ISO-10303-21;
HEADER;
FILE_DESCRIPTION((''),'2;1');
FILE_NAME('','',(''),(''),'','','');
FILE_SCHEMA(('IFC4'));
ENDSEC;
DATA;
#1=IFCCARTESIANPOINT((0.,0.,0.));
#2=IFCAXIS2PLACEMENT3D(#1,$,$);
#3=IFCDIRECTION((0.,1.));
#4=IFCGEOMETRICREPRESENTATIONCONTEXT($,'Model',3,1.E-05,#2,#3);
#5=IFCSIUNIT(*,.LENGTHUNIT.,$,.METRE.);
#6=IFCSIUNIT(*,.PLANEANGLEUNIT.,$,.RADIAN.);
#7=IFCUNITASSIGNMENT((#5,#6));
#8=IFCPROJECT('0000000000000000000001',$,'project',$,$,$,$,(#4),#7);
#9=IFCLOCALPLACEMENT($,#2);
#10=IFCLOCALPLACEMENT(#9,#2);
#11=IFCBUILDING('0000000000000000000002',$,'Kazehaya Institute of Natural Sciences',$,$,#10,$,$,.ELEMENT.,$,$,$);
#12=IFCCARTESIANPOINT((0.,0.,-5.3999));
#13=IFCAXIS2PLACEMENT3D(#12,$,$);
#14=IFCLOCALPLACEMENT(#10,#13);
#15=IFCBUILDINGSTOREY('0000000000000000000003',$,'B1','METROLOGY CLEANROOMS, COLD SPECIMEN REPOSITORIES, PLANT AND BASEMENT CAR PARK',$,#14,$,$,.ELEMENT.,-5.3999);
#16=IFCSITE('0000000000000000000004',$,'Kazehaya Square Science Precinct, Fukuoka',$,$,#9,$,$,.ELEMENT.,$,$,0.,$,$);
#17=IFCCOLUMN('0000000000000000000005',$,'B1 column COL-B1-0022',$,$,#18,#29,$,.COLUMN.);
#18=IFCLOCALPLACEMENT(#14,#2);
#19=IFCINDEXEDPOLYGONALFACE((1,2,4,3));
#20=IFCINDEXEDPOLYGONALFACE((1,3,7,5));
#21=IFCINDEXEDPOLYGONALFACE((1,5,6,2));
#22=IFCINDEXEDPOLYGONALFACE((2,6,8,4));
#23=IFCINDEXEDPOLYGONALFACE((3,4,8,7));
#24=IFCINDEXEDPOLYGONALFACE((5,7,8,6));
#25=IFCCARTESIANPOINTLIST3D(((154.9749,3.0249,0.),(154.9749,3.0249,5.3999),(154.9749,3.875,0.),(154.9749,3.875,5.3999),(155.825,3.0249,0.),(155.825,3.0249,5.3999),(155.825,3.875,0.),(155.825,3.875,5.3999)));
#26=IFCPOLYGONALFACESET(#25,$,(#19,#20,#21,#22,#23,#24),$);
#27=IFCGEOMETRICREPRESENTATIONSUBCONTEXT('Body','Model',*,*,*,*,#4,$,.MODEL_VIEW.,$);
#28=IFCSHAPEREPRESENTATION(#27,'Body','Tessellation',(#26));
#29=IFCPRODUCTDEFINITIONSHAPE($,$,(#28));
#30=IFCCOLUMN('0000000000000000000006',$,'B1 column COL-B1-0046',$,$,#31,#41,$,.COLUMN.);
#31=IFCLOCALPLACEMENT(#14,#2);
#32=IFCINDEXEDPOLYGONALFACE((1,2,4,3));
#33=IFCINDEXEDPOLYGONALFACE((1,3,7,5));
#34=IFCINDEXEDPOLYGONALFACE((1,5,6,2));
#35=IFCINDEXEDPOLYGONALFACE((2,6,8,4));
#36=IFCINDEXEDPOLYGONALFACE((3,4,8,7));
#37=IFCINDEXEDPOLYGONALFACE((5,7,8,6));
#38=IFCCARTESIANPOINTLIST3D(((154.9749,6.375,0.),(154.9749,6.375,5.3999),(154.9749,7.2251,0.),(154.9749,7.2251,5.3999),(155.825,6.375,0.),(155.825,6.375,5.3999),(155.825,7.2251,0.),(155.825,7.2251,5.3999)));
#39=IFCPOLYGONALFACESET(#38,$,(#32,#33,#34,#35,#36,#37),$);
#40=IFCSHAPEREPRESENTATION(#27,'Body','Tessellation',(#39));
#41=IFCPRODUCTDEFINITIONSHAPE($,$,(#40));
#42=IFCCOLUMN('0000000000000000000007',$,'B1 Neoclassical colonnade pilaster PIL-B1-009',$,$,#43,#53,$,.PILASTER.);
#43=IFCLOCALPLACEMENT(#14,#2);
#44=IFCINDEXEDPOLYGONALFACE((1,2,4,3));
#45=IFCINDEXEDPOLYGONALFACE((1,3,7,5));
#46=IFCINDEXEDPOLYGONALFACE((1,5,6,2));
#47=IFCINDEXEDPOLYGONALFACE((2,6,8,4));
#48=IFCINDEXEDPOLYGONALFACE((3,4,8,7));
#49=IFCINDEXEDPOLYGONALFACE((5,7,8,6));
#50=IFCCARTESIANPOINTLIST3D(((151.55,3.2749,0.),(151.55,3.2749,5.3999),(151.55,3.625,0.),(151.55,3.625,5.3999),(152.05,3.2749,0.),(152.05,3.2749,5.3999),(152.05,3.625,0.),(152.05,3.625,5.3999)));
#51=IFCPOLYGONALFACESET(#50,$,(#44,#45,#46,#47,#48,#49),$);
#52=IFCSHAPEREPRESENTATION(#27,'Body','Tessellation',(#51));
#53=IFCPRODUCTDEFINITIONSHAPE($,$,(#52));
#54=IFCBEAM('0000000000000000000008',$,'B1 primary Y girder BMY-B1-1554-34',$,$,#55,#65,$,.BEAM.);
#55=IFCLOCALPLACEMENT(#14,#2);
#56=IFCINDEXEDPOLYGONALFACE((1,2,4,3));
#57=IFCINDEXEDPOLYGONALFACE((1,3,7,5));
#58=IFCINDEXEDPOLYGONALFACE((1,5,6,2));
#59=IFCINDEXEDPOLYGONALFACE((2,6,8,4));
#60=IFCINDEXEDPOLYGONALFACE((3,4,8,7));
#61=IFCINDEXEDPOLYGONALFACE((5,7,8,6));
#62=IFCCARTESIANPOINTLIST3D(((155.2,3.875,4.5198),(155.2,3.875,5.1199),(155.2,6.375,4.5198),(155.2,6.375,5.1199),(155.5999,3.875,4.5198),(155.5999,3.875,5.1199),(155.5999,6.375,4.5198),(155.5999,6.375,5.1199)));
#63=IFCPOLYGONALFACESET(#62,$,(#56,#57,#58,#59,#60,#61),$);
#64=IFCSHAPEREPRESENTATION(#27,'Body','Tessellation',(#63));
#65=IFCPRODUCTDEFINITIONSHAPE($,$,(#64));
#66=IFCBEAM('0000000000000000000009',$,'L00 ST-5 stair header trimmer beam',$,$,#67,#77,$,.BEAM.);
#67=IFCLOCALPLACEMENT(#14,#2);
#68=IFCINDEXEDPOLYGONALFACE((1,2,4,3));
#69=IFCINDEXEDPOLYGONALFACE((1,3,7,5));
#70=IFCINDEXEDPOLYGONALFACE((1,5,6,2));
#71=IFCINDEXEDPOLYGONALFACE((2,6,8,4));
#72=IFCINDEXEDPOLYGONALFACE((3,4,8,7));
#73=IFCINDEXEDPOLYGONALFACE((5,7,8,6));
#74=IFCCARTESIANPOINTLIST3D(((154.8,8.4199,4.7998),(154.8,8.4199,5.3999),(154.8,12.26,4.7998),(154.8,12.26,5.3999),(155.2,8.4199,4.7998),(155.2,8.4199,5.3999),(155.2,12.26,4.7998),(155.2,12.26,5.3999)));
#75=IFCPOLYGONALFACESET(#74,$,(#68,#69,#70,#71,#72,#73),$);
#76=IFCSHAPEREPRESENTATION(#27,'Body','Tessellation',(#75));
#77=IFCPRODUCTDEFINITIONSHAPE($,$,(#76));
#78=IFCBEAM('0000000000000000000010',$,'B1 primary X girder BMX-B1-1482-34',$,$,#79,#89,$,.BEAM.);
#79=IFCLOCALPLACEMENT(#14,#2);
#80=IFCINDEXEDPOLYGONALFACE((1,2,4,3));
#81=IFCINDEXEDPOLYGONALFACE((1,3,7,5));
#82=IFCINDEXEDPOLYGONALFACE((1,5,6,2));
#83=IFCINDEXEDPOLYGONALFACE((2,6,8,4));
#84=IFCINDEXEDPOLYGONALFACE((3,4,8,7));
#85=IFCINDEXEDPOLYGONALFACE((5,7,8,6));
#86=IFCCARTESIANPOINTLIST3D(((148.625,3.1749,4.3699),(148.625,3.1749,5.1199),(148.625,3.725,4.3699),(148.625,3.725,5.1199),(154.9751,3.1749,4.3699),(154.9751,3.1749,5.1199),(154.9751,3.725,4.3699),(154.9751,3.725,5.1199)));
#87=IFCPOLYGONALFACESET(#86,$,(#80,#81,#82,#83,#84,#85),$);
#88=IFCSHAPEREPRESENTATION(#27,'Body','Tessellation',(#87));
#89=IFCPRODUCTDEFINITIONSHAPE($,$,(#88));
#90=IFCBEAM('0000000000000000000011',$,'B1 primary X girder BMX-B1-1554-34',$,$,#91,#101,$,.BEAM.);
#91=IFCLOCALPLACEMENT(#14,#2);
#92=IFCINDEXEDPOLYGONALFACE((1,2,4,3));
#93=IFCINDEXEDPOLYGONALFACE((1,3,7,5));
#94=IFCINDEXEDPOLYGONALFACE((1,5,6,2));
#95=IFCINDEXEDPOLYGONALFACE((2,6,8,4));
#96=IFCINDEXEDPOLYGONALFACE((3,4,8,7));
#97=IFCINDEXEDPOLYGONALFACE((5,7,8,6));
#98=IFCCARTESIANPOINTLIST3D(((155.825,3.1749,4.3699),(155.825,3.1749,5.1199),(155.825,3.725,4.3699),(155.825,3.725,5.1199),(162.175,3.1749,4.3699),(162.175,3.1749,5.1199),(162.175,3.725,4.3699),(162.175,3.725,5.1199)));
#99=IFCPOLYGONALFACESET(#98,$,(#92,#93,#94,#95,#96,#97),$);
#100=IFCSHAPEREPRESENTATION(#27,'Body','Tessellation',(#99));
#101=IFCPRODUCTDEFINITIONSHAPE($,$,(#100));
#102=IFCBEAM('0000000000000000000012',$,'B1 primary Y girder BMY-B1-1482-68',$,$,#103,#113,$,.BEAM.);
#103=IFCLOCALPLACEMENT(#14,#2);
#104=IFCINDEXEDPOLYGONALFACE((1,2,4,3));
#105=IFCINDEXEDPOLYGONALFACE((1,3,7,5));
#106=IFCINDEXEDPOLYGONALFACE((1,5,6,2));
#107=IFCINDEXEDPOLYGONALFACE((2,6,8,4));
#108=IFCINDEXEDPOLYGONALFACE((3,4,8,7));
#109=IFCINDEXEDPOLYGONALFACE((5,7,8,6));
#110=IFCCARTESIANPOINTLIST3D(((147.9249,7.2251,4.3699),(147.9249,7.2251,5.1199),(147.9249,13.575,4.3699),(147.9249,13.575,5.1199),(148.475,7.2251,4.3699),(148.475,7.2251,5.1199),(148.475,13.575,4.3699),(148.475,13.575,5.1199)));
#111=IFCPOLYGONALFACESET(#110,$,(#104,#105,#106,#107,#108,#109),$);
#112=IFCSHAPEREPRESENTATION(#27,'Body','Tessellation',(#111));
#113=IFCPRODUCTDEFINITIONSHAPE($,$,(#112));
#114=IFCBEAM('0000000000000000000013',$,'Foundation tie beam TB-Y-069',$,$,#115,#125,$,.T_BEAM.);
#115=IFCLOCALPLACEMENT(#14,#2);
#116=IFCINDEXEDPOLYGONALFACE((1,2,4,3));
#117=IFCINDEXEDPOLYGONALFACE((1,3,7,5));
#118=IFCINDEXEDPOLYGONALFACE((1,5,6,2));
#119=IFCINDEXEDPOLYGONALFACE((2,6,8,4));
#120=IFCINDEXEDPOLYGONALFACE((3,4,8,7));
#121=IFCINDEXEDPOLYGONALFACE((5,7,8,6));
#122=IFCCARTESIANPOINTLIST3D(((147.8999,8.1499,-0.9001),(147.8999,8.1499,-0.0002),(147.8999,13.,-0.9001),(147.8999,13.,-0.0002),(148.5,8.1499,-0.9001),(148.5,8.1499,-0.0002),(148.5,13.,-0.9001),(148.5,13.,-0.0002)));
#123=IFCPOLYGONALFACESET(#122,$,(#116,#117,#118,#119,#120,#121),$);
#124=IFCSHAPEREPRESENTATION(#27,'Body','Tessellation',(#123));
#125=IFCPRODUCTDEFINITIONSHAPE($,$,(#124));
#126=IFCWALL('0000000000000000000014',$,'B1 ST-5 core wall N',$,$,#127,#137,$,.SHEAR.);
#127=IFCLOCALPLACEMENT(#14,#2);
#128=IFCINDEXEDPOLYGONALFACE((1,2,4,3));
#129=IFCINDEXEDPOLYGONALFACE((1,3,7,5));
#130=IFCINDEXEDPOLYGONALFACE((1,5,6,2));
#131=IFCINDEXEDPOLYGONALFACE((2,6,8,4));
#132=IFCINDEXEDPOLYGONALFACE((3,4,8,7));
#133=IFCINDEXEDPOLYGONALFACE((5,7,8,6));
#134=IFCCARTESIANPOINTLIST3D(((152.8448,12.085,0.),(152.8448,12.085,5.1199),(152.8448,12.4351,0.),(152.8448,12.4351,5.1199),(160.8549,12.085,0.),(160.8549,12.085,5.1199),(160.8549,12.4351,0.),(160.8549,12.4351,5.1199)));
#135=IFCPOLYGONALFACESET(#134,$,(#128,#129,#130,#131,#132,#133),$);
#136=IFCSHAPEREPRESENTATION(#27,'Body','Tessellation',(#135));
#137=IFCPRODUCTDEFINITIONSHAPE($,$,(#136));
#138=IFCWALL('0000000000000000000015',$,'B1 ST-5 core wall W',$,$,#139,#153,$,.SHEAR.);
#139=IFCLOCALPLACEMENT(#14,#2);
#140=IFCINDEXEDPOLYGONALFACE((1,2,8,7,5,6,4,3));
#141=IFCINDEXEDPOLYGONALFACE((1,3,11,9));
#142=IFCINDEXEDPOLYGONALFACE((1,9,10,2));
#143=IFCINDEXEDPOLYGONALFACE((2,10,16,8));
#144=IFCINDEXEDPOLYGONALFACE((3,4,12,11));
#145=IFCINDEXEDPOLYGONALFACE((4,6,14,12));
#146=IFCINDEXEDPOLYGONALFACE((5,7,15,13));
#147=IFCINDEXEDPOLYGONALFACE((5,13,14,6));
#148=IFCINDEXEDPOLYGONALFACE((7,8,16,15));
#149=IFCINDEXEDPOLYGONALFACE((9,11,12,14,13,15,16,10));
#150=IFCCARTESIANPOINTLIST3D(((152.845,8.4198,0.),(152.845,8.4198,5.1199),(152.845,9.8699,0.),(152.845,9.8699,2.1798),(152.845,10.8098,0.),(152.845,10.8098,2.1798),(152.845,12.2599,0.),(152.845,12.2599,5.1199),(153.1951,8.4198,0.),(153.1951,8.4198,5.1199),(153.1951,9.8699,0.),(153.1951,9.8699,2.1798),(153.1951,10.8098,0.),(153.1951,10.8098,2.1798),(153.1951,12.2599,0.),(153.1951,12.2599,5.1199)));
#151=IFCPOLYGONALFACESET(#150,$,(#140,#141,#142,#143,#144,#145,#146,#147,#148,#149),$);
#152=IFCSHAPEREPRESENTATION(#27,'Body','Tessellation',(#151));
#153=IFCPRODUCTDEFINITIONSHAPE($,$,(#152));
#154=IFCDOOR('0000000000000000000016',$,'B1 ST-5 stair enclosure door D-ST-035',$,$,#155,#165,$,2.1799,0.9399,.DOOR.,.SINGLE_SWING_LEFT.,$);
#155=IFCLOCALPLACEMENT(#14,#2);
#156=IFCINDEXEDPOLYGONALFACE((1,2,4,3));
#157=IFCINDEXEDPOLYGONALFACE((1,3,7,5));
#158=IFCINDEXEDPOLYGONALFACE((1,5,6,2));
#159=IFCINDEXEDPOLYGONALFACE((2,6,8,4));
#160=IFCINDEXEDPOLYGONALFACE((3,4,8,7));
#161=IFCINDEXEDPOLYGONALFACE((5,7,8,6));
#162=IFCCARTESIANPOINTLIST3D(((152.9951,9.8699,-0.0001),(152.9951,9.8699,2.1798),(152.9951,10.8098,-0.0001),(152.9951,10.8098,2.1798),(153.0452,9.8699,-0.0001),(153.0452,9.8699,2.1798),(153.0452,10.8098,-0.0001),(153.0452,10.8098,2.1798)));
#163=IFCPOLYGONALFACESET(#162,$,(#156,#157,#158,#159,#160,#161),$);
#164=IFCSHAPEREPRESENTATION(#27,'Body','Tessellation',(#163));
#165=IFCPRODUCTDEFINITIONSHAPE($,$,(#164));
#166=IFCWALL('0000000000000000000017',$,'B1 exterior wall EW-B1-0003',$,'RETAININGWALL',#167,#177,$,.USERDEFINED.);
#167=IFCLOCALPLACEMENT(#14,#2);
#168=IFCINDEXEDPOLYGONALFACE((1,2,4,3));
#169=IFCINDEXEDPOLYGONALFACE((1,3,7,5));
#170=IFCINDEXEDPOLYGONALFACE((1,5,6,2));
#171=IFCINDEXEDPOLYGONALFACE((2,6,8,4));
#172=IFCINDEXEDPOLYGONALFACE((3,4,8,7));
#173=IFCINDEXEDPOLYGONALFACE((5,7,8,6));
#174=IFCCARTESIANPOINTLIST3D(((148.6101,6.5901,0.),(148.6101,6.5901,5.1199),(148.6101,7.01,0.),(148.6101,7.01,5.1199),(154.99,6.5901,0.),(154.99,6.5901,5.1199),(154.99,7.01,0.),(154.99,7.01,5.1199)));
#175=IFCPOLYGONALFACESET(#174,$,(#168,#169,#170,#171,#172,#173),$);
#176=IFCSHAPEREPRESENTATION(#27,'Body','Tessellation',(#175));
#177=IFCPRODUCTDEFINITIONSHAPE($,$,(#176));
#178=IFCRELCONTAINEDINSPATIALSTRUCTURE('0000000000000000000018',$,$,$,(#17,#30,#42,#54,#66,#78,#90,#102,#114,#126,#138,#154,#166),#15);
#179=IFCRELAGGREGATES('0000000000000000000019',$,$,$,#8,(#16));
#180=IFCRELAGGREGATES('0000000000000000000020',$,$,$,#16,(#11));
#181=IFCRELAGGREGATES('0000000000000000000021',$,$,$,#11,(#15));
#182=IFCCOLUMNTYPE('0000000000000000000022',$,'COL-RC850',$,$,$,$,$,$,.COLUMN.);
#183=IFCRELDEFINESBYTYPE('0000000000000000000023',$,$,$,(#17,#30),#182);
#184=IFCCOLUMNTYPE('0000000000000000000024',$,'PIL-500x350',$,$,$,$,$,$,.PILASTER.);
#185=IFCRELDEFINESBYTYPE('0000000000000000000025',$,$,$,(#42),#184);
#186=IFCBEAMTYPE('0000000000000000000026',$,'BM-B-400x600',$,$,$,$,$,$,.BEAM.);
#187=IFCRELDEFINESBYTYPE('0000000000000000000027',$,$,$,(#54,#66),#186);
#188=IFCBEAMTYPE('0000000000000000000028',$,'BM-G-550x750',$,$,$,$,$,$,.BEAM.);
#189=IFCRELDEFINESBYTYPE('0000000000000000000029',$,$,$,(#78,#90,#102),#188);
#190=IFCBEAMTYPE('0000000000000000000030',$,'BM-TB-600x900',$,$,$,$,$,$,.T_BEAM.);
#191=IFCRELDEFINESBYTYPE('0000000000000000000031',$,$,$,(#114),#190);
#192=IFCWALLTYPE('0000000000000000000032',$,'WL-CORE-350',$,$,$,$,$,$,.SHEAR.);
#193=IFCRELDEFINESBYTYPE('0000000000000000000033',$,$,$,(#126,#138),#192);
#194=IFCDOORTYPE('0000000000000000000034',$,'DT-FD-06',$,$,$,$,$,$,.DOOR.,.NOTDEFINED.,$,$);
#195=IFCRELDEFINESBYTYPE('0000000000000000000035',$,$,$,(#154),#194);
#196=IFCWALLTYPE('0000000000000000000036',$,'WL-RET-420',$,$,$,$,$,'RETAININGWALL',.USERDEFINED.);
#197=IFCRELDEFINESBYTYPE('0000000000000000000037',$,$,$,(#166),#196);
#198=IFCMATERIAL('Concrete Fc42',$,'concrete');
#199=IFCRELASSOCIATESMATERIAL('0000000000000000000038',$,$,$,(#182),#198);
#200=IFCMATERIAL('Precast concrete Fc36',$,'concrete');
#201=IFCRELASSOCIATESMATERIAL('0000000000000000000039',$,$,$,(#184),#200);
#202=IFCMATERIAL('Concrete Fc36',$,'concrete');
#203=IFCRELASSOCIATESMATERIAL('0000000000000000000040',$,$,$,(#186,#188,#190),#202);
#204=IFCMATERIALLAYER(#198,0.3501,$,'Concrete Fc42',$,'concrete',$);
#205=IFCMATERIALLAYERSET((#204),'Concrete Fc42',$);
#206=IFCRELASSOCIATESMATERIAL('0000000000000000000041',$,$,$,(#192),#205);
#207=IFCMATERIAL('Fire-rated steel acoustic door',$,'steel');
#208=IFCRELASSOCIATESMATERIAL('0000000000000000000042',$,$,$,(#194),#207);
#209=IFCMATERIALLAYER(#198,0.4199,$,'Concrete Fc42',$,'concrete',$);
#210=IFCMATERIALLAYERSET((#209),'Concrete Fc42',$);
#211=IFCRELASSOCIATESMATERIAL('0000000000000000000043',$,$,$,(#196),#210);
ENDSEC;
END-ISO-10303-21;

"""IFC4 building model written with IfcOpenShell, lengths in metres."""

from ifc_helpers import new_model, si_unit, direction, frame, frame_2d, origin, origin_2d, place, context, subcontext, project, spatial, rectangle, extrude, material, layer, layer_set, material_profile, profile_set, type_object, element, fill, save


model = new_model("IFC4")

# Units and contexts
model_context = context("Model", 3, precision=1e-05, world=origin(), true_north=direction((0.0, 1.0)))
body_context = subcontext(model_context, "Body", "Model", "MODEL_VIEW")
ifc_project = project(units=[si_unit("LENGTHUNIT", "METRE"), si_unit("PLANEANGLEUNIT", "RADIAN")], contexts=[model_context])

# Site, building, storey
site_placement = place(None, origin())
site = spatial("IfcSite", under=ifc_project, at=site_placement, Name="Kazehaya Square Science Precinct, Fukuoka", CompositionType="ELEMENT", RefElevation=0.0)
building_placement = place(site_placement, origin())
building = spatial("IfcBuilding", under=site, at=building_placement, Name="Kazehaya Institute of Natural Sciences", CompositionType="ELEMENT")
storey_placement = place(building_placement, frame((0.0, 0.0, -5.3999)))
storey = spatial("IfcBuildingStorey", under=building, at=storey_placement, Name="B1", Description="METROLOGY CLEANROOMS, COLD SPECIMEN REPOSITORIES, PLANT AND BASEMENT CAR PARK", CompositionType="ELEMENT", Elevation=-5.3999)

# Shared definitions
ifc_material_1 = material(Name="Concrete Fc36", Category="concrete")

# Columns
ifc_material_2 = material(Name="Concrete Fc42", Category="concrete")
ifc_material_profile_1 = material_profile(ifc_material_2, rectangle(XDim=0.8501, YDim=0.8501, at=origin_2d()), Name="RC-850x850")
ifc_profile_set_1 = profile_set([ifc_material_profile_1], Name="Concrete Fc42")
column_type_1 = type_object("IfcColumnType", Name="COL-RC850", PredefinedType="COLUMN", material=ifc_profile_set_1)
for number, where, z_axis, x_axis, name in (
    (1, (155.3999, 3.45, 0.0), (0.0, 0.0, 1.0), (1.0, 0.0, 0.0), "B1 column COL-B1-0022"),
    (2, (155.3999, 6.8, 0.0), (0.0, 0.0, 1.0), (1.0, 0.0, 0.0), "B1 column COL-B1-0046"),
):
    element("IfcColumn", number, at=place(storey_placement, frame(where, z_axis=z_axis, x_axis=x_axis)), inside=storey, type_object=column_type_1, Name=name, PredefinedType="COLUMN", context=body_context, shape_type="SweptSolid", body=[
        extrude(rectangle(XDim=0.8501, YDim=0.8501, at=origin_2d()), origin(), (0.0, 0.0, 1.0), 5.3999),
    ])
ifc_material_3 = material(Name="Precast concrete Fc36", Category="concrete")
ifc_material_profile_2 = material_profile(ifc_material_3, rectangle(XDim=0.5, YDim=0.3501, at=origin_2d()), Name="RC-PIL-500x350")
ifc_profile_set_2 = profile_set([ifc_material_profile_2], Name="Precast concrete Fc36")
column_type_2 = type_object("IfcColumnType", Name="PIL-500x350", PredefinedType="PILASTER", material=ifc_profile_set_2)
column_placement = place(storey_placement, frame((151.8, 3.45, 0.0), z_axis=(0.0, 0.0, 1.0), x_axis=(1.0, 0.0, 0.0)))
element("IfcColumn", 3, at=column_placement, inside=storey, type_object=column_type_2, Name="B1 Neoclassical colonnade pilaster PIL-B1-009", PredefinedType="PILASTER", context=body_context, shape_type="SweptSolid", body=[
    extrude(rectangle(XDim=0.5, YDim=0.3501, at=origin_2d()), origin(), (0.0, 0.0, 1.0), 5.3999),
])

# Beams
ifc_material_profile_3 = material_profile(ifc_material_1, rectangle(XDim=0.3999, YDim=0.6001, at=origin_2d()), Name="RC-400x600")
ifc_profile_set_3 = profile_set([ifc_material_profile_3], Name="Concrete Fc36")
beam_type_1 = type_object("IfcBeamType", Name="BM-B-400x600", PredefinedType="BEAM", material=ifc_profile_set_3)
beam_1_placement = place(storey_placement, frame((155.3999, 3.875, 4.8198), z_axis=(0.0, 1.0, 0.0), x_axis=(-1.0, 0.0, 0.0)))
element("IfcBeam", 4, at=beam_1_placement, inside=storey, type_object=beam_type_1, Name="B1 primary Y girder BMY-B1-1554-34", PredefinedType="BEAM", context=body_context, shape_type="SweptSolid", body=[
    extrude(rectangle(XDim=0.3999, YDim=0.6001, at=origin_2d()), origin(), (0.0, 0.0, 1.0), 2.5),
])
beam_2_placement = place(storey_placement, frame((155.0, 8.4199, 5.0999), z_axis=(0.0, 1.0, 0.0), x_axis=(-1.0, 0.0, 0.0)))
element("IfcBeam", 5, at=beam_2_placement, inside=storey, type_object=beam_type_1, Name="L00 ST-5 stair header trimmer beam", PredefinedType="BEAM", context=body_context, shape_type="SweptSolid", body=[
    extrude(rectangle(XDim=0.3999, YDim=0.6001, at=origin_2d()), origin(), (0.0, 0.0, 1.0), 3.8401),
])
ifc_material_profile_4 = material_profile(ifc_material_1, rectangle(XDim=0.55, YDim=0.75, at=origin_2d()), Name="RC-550x750")
ifc_profile_set_4 = profile_set([ifc_material_profile_4], Name="Concrete Fc36")
beam_type_2 = type_object("IfcBeamType", Name="BM-G-550x750", PredefinedType="BEAM", material=ifc_profile_set_4)
for number, where, z_axis, x_axis, name in (
    (6, (148.625, 3.45, 4.7449), (1.0, 0.0, 0.0), (0.0, 1.0, 0.0), "B1 primary X girder BMX-B1-1482-34"),
    (7, (155.825, 3.45, 4.7449), (1.0, 0.0, 0.0), (0.0, 1.0, 0.0), "B1 primary X girder BMX-B1-1554-34"),
):
    element("IfcBeam", number, at=place(storey_placement, frame(where, z_axis=z_axis, x_axis=x_axis)), inside=storey, type_object=beam_type_2, Name=name, PredefinedType="BEAM", context=body_context, shape_type="SweptSolid", body=[
        extrude(rectangle(XDim=0.55, YDim=0.75, at=origin_2d()), origin(), (0.0, 0.0, 1.0), 6.3501),
    ])
beam_3_placement = place(storey_placement, frame((148.2, 7.2251, 4.7449), z_axis=(0.0, 1.0, 0.0), x_axis=(-1.0, 0.0, 0.0)))
element("IfcBeam", 8, at=beam_3_placement, inside=storey, type_object=beam_type_2, Name="B1 primary Y girder BMY-B1-1482-68", PredefinedType="BEAM", context=body_context, shape_type="SweptSolid", body=[
    extrude(rectangle(XDim=0.55, YDim=0.75, at=origin_2d()), origin(), (0.0, 0.0, 1.0), 6.3499),
])
ifc_material_profile_5 = material_profile(ifc_material_1, rectangle(XDim=0.6001, YDim=0.8999, at=origin_2d()), Name="RC-600x900")
ifc_profile_set_5 = profile_set([ifc_material_profile_5], Name="Concrete Fc36")
beam_type_3 = type_object("IfcBeamType", Name="BM-TB-600x900", PredefinedType="T_BEAM", material=ifc_profile_set_5)
beam_4_placement = place(storey_placement, frame((148.2, 8.1499, -0.4502), z_axis=(0.0, 1.0, 0.0), x_axis=(-1.0, 0.0, 0.0)))
element("IfcBeam", 9, at=beam_4_placement, inside=storey, type_object=beam_type_3, Name="Foundation tie beam TB-Y-069", PredefinedType="T_BEAM", context=body_context, shape_type="SweptSolid", body=[
    extrude(rectangle(XDim=0.6001, YDim=0.8999, at=origin_2d()), origin(), (0.0, 0.0, 1.0), 4.8501),
])

# Wall
ifc_layer_1 = layer(ifc_material_2, 0.3501, Name="Concrete Fc42", Category="concrete")
ifc_layer_set_1 = layer_set([ifc_layer_1], Name="Concrete Fc42")
wall_type_1 = type_object("IfcWallType", Name="WL-CORE-350", PredefinedType="SHEAR", material=ifc_layer_set_1)
wall_1_placement = place(storey_placement, frame((152.845, 12.26, 0.0), z_axis=(0.0, 0.0, 1.0), x_axis=(1.0, 0.0, 0.0)))
element("IfcWall", 10, at=wall_1_placement, inside=storey, type_object=wall_type_1, Name="B1 ST-5 core wall N", PredefinedType="SHEAR", context=body_context, shape_type="SweptSolid", body=[
    extrude(rectangle(XDim=8.01, YDim=0.3501, at=frame_2d((4.0049, 0.0))), origin(), (0.0, 0.0, 1.0), 5.1199),
])

# Wall, opening, door
wall_2_placement = place(storey_placement, frame((153.02, 8.4199, 0.0), z_axis=(0.0, 0.0, 1.0), x_axis=(0.0, 1.0, 0.0)))
wall_2 = element("IfcWall", 11, at=wall_2_placement, inside=storey, type_object=wall_type_1, Name="B1 ST-5 core wall W", PredefinedType="SHEAR", context=body_context, shape_type="SweptSolid", body=[
    extrude(rectangle(XDim=3.8401, YDim=0.3501, at=frame_2d((1.9199, 0.0))), origin(), (0.0, 0.0, 1.0), 5.1199),
])
opening_placement = place(wall_2_placement, frame((1.45, 0.0, 0.0)))
opening = element("IfcOpeningElement", 12, at=opening_placement, cuts=wall_2, PredefinedType="OPENING", context=body_context, shape_type="SweptSolid", body=[
    extrude(rectangle(XDim=0.9399, YDim=2.1799, at=frame_2d((0.47, 1.0898))), frame((0.0, 0.1851, 0.0), z_axis=(0.0, -1.0, 0.0), x_axis=(1.0, 0.0, 0.0)), (0.0, 0.0, 1.0), 0.3701),
])
ifc_material_4 = material(Name="Fire-rated steel acoustic door", Category="steel")
door_type = type_object("IfcDoorType", Name="DT-FD-06", OperationType="NOTDEFINED", PredefinedType="DOOR", material=ifc_material_4)
door_placement = place(opening_placement, origin())
door = element("IfcDoor", 13, at=door_placement, inside=storey, type_object=door_type, Name="B1 ST-5 stair enclosure door D-ST-035", OperationType="SINGLE_SWING_LEFT", OverallHeight=2.1799, OverallWidth=0.9399, PredefinedType="DOOR", context=body_context, shape_type="SweptSolid", body=[
    extrude(rectangle(XDim=0.9399, YDim=2.1799, at=frame_2d((0.47, 1.0898))), frame((0.0, 0.0249, 0.0), z_axis=(0.0, -1.0, 0.0), x_axis=(1.0, 0.0, 0.0)), (0.0, 0.0, 1.0), 0.05),
])
fill(opening, door)

# Wall
ifc_layer_2 = layer(ifc_material_2, 0.4199, Name="Concrete Fc42", Category="concrete")
ifc_layer_set_2 = layer_set([ifc_layer_2], Name="Concrete Fc42")
wall_type_2 = type_object("IfcWallType", Name="WL-RET-420", ElementType="RETAININGWALL", PredefinedType="USERDEFINED", material=ifc_layer_set_2)
wall_3_placement = place(storey_placement, frame((154.99, 6.8, 0.0), z_axis=(0.0, 0.0, 1.0), x_axis=(-1.0, 0.0, 0.0)))
element("IfcWall", 14, at=wall_3_placement, inside=storey, type_object=wall_type_2, Name="B1 exterior wall EW-B1-0003", ObjectType="RETAININGWALL", PredefinedType="USERDEFINED", context=body_context, shape_type="SweptSolid", body=[
    extrude(rectangle(XDim=6.3799, YDim=0.4199, at=frame_2d((3.1899, 0.0))), origin(), (0.0, 0.0, 1.0), 5.1199),
])

save(model, "model.ifc")
